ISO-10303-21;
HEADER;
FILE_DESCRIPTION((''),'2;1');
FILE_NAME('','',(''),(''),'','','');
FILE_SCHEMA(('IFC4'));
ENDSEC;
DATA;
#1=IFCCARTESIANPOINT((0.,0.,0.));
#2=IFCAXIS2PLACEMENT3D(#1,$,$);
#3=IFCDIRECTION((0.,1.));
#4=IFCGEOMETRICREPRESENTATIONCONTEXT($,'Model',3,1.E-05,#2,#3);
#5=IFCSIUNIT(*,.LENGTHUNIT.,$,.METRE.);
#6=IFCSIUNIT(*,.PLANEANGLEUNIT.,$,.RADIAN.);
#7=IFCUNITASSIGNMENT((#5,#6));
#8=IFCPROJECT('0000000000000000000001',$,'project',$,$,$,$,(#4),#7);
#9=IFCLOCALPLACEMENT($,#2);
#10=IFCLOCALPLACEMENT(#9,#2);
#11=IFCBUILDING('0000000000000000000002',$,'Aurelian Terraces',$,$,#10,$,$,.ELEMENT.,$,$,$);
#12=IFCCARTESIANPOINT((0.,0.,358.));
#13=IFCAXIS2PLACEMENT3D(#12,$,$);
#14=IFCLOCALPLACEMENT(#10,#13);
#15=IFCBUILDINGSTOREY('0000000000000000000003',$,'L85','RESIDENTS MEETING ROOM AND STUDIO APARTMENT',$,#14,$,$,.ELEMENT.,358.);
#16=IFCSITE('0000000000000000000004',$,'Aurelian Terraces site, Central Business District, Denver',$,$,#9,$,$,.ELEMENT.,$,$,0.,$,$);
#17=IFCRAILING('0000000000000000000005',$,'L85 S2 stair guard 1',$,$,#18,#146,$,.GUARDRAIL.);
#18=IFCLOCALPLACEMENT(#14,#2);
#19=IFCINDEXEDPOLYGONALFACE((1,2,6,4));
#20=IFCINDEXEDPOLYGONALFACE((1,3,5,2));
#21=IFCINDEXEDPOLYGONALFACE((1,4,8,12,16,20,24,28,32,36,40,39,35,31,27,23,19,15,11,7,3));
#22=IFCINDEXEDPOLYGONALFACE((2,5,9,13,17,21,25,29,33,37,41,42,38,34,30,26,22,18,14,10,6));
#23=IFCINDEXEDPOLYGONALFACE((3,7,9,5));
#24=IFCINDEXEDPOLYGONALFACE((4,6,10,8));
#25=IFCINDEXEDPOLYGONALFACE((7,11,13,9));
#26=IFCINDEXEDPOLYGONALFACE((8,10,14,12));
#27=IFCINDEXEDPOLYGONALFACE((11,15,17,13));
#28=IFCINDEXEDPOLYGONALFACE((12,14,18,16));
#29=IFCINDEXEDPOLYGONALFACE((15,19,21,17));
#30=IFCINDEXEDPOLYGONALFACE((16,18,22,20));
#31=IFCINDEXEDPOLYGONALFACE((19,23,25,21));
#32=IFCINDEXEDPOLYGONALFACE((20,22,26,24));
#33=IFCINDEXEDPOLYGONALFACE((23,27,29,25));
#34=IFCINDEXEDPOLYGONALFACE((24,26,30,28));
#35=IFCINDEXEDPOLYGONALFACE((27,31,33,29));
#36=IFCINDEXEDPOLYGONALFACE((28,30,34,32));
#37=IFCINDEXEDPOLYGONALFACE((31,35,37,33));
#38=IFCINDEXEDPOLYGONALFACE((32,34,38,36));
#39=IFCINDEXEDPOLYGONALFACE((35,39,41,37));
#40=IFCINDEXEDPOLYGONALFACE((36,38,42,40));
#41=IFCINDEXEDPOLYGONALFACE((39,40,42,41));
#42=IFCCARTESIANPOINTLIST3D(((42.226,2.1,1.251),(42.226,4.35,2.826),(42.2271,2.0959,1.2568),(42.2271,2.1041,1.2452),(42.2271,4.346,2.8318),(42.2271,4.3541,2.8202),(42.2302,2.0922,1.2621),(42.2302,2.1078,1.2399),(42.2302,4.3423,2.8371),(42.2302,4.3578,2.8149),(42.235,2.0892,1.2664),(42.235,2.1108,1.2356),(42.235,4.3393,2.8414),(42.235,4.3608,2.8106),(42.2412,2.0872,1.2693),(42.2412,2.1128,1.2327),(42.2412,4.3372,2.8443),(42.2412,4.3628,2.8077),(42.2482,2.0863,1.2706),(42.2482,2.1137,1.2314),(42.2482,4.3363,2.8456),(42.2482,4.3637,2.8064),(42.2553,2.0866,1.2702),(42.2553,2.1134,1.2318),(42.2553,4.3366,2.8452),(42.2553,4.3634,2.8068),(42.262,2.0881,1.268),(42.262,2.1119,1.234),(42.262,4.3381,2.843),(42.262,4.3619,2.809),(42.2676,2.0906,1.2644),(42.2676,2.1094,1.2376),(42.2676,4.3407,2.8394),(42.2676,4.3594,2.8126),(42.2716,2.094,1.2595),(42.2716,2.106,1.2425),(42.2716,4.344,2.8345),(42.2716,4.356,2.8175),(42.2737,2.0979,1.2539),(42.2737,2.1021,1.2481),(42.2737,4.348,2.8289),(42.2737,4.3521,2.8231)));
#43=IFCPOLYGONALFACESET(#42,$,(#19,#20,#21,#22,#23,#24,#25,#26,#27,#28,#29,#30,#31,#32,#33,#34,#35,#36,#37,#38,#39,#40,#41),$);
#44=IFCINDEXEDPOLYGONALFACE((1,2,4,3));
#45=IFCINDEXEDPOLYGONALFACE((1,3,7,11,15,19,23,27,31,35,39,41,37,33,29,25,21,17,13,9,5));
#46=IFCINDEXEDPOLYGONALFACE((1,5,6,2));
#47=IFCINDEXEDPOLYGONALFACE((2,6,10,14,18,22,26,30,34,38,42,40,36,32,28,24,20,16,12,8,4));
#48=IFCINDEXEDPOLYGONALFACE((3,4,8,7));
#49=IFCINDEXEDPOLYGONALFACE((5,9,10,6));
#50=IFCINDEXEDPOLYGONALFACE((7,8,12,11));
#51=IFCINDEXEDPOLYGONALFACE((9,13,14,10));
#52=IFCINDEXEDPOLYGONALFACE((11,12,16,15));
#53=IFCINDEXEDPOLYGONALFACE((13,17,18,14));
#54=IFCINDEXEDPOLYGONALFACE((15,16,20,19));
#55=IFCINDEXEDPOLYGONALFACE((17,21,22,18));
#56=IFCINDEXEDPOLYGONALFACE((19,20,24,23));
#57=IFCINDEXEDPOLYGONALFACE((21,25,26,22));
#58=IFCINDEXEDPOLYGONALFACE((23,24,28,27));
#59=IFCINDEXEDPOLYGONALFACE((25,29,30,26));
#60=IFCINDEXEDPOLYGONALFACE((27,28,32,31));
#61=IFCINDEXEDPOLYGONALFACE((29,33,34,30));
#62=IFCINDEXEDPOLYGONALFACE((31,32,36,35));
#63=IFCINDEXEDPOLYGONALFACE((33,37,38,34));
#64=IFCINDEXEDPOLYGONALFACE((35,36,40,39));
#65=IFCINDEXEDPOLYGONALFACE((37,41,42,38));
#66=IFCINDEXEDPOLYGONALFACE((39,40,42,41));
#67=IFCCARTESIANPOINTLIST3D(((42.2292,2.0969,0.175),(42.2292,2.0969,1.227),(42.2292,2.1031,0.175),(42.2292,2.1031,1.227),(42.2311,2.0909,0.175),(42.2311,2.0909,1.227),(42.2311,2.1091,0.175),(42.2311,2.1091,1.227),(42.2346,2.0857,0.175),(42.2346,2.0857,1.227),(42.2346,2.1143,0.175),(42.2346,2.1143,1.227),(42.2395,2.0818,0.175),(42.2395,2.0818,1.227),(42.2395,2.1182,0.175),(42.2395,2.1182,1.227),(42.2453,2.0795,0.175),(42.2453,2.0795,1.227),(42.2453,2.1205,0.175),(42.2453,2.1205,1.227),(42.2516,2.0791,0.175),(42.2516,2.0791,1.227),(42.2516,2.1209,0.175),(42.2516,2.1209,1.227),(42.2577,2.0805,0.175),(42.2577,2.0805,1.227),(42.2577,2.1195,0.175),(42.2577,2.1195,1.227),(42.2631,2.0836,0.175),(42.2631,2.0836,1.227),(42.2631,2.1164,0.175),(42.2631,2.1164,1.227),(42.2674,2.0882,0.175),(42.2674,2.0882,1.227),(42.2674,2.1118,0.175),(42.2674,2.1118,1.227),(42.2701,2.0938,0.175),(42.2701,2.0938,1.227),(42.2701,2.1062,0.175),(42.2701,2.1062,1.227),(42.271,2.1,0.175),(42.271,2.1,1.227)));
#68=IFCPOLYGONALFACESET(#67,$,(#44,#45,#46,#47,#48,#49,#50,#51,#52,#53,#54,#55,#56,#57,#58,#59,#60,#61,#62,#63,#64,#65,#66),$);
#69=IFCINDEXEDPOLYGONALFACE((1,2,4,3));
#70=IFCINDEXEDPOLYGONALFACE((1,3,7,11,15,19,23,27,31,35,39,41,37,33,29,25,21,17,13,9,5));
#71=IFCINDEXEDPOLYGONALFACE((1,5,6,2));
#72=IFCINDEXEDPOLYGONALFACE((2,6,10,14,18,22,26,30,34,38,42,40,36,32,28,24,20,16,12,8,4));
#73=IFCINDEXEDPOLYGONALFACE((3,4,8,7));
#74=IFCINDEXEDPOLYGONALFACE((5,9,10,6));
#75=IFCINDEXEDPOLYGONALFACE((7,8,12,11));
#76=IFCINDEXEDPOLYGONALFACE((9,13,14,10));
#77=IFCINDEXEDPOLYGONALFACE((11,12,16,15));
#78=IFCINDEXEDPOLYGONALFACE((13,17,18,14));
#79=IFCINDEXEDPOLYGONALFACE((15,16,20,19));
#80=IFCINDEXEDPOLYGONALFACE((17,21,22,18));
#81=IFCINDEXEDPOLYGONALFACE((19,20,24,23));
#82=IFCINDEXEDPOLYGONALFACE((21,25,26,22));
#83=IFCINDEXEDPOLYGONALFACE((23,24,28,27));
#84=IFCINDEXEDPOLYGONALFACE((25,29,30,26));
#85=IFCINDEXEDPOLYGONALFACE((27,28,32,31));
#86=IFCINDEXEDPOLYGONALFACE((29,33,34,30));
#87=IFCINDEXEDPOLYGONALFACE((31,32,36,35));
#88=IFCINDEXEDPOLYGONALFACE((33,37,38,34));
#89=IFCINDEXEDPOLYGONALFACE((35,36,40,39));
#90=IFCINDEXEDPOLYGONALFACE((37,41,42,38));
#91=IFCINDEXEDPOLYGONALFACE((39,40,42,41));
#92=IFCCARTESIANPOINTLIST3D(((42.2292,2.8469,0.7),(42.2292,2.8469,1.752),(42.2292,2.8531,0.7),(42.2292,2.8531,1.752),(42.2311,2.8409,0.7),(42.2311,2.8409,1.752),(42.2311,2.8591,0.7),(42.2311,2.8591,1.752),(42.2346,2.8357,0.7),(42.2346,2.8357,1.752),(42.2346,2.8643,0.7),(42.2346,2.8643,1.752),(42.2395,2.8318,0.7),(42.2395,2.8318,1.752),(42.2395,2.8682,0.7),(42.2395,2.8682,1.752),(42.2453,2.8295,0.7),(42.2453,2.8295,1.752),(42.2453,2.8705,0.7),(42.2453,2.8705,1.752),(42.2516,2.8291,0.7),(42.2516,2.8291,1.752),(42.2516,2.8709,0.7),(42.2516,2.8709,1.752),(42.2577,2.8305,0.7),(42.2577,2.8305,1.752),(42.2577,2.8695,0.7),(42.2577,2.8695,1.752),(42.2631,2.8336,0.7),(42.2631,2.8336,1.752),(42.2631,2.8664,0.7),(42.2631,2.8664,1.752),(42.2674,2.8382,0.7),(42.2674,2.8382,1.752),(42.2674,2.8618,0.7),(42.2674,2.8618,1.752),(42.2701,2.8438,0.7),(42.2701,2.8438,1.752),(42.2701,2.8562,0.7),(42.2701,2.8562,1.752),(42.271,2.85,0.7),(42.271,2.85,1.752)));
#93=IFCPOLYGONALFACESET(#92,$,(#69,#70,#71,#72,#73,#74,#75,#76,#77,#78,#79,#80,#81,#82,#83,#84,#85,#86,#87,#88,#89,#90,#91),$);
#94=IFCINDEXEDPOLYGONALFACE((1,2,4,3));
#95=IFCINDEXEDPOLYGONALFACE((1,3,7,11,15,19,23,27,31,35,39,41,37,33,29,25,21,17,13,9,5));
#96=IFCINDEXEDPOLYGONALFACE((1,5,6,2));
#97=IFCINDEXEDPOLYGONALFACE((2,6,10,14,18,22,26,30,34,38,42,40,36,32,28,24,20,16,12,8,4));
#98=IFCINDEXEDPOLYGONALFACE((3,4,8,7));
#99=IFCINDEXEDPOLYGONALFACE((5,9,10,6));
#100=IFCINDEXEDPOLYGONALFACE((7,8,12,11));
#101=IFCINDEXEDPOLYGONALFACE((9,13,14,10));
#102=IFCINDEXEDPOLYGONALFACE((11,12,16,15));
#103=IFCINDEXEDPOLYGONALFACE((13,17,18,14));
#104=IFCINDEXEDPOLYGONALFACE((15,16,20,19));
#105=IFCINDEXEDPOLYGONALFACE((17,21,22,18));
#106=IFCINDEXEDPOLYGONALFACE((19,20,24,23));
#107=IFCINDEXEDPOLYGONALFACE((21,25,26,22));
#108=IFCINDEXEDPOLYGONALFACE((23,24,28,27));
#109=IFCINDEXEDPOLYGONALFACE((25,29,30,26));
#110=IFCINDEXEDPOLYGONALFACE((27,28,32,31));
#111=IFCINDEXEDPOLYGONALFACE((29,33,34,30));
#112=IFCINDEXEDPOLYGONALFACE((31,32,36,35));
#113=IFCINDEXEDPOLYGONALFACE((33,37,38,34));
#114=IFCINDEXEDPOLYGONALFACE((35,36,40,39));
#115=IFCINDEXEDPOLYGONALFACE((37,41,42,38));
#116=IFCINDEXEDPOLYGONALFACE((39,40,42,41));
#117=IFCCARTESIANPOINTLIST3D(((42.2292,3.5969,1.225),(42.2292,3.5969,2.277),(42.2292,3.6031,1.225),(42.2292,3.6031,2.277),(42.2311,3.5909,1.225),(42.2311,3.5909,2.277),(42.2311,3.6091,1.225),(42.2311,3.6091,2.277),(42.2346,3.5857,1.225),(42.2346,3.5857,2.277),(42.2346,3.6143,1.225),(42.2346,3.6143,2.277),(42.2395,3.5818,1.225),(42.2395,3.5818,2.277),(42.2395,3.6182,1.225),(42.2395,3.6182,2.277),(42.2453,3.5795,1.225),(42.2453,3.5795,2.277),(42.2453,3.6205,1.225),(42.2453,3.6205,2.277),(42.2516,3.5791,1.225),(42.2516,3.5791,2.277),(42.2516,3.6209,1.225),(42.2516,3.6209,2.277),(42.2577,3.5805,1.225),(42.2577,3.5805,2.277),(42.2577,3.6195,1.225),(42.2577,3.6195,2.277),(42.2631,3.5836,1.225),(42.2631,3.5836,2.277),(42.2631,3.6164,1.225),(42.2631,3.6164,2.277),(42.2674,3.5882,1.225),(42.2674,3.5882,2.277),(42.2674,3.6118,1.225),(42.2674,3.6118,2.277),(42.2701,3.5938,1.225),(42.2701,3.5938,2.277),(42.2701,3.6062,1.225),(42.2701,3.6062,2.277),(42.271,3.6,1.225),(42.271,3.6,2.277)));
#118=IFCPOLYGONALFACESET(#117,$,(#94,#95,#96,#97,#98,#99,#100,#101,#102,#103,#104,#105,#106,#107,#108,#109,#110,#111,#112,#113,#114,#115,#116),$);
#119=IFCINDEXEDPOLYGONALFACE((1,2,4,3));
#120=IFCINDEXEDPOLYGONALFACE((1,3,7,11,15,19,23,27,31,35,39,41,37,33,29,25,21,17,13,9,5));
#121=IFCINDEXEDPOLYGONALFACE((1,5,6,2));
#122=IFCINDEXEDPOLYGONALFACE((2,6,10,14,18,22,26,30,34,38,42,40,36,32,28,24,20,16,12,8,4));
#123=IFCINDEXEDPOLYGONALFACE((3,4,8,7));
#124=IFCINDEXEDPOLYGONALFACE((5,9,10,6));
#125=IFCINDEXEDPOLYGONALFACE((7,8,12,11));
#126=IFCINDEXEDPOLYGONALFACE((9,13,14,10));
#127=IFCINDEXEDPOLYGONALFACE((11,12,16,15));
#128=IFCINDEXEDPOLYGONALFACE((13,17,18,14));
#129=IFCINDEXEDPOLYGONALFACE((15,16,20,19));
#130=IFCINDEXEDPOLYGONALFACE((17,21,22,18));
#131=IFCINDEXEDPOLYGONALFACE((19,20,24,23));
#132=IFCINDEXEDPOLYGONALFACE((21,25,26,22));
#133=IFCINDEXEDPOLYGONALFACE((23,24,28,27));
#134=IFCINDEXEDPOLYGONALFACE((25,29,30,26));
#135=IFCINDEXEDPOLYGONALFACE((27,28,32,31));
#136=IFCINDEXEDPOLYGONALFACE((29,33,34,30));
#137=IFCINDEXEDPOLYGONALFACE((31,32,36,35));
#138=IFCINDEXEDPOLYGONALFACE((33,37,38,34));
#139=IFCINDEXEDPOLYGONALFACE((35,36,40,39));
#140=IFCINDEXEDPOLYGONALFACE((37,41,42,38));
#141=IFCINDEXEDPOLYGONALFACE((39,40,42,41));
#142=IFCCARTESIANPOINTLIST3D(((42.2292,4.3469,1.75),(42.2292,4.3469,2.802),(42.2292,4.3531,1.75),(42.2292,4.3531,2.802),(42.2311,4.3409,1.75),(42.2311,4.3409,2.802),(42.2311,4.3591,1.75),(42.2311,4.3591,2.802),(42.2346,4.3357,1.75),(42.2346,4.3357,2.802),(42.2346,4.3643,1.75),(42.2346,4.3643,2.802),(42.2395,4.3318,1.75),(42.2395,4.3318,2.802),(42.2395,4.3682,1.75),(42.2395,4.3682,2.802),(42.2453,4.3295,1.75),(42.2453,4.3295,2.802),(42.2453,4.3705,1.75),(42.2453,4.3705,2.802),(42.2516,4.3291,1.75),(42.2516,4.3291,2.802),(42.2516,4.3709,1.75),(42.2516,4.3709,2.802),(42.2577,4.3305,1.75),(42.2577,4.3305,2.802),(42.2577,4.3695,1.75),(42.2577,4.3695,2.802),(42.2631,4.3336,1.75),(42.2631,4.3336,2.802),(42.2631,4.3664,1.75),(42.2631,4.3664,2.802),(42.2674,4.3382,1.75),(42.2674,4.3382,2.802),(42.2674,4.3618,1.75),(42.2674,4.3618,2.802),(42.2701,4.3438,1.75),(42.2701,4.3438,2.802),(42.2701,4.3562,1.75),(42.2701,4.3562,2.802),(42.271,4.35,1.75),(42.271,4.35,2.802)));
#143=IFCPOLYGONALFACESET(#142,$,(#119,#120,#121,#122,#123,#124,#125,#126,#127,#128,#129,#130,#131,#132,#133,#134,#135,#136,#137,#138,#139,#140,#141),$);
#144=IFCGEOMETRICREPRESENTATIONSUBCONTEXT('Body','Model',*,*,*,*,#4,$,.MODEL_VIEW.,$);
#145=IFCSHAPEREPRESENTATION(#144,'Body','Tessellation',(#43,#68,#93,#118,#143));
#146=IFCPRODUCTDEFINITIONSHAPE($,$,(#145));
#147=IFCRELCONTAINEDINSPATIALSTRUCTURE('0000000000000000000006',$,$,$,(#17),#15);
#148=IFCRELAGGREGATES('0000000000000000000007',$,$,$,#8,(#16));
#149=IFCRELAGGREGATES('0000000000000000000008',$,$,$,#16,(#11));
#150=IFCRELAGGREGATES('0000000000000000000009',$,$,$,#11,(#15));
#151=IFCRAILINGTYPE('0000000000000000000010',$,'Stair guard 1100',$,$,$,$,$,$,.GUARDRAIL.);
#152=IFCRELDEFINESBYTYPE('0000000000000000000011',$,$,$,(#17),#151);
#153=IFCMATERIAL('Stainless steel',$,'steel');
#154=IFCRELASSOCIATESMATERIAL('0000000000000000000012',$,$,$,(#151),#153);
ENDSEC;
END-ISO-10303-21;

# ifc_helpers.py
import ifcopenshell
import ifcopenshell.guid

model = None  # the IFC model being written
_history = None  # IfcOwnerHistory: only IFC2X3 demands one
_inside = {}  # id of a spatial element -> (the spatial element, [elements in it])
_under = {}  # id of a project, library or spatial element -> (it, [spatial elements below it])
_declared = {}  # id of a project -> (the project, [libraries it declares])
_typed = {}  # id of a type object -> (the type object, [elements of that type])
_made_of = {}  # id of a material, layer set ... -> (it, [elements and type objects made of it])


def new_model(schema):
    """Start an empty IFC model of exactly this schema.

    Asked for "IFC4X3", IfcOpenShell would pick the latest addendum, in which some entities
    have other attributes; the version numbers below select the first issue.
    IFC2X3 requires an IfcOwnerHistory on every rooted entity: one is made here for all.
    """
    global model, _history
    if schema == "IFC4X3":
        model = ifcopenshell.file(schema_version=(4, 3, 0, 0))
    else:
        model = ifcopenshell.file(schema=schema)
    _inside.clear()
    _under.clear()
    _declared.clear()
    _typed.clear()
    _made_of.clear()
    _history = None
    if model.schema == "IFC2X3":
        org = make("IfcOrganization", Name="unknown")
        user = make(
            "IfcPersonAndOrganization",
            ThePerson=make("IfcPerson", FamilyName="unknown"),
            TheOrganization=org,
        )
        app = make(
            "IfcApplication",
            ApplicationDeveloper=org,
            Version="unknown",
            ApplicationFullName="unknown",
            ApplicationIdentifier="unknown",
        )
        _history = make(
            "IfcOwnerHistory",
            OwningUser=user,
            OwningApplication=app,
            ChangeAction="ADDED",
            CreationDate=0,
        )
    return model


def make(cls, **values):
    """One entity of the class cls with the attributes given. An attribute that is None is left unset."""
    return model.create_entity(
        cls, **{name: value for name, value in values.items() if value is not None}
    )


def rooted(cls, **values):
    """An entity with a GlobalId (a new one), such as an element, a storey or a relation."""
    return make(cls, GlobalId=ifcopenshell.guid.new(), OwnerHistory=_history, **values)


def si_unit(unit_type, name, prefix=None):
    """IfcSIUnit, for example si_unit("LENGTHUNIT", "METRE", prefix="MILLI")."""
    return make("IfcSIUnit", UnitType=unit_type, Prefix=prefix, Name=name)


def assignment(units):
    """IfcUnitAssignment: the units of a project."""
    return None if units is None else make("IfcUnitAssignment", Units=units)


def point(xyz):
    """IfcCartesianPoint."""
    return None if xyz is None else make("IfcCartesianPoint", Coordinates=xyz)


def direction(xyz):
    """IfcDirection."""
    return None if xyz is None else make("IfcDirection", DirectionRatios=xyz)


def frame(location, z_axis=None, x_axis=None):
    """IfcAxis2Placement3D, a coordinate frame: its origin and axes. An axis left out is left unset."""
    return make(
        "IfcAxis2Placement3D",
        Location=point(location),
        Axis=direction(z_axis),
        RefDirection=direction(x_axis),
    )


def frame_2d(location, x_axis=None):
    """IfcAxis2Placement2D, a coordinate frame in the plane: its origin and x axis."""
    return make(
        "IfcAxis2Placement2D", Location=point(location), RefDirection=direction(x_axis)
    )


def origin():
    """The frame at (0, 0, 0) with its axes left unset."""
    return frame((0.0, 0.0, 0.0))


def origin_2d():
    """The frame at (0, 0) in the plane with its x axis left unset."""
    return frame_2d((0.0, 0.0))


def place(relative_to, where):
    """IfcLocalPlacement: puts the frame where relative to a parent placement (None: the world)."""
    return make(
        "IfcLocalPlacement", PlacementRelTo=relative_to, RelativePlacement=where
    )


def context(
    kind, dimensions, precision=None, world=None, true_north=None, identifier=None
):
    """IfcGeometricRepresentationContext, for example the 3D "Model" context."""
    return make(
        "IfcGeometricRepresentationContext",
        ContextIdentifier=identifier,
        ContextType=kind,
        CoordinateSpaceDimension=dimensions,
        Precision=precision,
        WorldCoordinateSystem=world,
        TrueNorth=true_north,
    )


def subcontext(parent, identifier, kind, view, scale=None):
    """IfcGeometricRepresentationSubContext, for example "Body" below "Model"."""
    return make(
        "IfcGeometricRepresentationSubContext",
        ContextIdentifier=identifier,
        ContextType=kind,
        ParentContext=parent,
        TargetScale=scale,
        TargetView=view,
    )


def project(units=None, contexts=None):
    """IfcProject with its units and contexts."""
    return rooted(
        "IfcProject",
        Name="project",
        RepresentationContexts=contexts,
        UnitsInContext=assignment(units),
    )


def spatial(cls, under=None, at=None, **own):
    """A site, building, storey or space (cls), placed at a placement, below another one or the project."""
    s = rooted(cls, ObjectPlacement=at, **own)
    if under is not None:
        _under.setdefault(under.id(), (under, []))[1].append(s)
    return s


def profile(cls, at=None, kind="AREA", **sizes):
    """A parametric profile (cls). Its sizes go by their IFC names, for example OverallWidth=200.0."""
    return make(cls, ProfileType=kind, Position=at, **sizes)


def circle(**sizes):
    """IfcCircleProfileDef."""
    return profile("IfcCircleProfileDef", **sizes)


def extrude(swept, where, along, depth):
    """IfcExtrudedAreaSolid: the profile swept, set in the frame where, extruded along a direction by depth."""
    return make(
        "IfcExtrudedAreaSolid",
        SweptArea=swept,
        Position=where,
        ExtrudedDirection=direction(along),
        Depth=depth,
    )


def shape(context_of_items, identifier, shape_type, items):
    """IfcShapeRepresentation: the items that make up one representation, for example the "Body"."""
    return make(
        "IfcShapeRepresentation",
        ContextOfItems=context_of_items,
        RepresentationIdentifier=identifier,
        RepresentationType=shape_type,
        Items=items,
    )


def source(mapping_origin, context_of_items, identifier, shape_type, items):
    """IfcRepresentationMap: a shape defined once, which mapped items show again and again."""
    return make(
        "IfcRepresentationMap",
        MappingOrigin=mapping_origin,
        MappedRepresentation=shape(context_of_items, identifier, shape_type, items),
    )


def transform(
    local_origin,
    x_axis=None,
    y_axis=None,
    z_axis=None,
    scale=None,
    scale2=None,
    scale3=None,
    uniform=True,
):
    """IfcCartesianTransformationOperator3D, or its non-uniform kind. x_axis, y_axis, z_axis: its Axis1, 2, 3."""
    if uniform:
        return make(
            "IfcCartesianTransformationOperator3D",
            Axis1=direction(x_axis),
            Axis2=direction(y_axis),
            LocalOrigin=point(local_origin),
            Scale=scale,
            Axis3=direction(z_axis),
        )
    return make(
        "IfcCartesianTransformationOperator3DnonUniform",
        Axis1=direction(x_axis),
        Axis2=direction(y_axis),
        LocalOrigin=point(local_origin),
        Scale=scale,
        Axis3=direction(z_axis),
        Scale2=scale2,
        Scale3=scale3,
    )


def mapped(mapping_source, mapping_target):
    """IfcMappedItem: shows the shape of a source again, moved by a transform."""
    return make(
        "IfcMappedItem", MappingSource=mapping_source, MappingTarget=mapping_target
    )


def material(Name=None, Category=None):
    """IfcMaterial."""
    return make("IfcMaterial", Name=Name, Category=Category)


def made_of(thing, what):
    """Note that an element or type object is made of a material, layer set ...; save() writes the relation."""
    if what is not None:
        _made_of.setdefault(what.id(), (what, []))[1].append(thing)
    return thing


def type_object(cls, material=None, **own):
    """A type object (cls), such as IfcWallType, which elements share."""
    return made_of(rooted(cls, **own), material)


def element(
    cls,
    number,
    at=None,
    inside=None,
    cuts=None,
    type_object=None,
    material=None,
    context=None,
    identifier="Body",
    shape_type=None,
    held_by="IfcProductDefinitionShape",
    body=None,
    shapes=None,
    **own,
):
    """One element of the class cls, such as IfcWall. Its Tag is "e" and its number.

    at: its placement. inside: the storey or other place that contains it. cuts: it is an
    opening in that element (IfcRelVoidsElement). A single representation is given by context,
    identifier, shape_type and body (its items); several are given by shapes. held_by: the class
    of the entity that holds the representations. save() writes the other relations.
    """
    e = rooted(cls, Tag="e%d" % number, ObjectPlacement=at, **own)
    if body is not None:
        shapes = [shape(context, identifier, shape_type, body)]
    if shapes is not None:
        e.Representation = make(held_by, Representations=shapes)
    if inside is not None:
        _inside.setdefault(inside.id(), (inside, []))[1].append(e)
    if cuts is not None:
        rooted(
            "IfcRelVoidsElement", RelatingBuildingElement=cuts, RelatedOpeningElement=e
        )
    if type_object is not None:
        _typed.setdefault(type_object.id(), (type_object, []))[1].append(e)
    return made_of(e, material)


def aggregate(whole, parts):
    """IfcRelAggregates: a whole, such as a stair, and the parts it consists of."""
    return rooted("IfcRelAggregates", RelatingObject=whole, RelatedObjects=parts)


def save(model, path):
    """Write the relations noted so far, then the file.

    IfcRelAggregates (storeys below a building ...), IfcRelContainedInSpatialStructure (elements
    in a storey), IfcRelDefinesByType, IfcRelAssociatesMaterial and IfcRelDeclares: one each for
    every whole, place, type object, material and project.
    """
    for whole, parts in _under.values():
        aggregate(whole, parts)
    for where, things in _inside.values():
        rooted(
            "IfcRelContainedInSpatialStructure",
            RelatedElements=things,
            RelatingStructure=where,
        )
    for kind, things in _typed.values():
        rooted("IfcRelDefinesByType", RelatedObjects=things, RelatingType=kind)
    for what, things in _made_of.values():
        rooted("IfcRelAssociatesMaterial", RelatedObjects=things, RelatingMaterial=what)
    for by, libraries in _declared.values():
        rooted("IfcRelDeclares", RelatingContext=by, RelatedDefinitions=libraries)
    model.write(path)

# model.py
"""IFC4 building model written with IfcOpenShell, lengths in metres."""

from ifc_helpers import new_model, si_unit, direction, frame, origin, origin_2d, place, context, subcontext, project, spatial, circle, extrude, source, transform, mapped, material, type_object, element, save


model = new_model("IFC4")

# Units and contexts
model_context = context("Model", 3, precision=1e-05, world=origin(), true_north=direction((0.0, 1.0)))
body_context = subcontext(model_context, "Body", "Model", "MODEL_VIEW")
ifc_project = project(units=[si_unit("LENGTHUNIT", "METRE"), si_unit("PLANEANGLEUNIT", "RADIAN")], contexts=[model_context])

# Site, building, storey
site_placement = place(None, origin())
site = spatial("IfcSite", under=ifc_project, at=site_placement, Name="Aurelian Terraces site, Central Business District, Denver", CompositionType="ELEMENT", RefElevation=0.0)
building_placement = place(site_placement, origin())
building = spatial("IfcBuilding", under=site, at=building_placement, Name="Aurelian Terraces", CompositionType="ELEMENT")
storey_placement = place(building_placement, frame((0.0, 0.0, 358.0)))
storey = spatial("IfcBuildingStorey", under=building, at=storey_placement, Name="L85", Description="RESIDENTS MEETING ROOM AND STUDIO APARTMENT", CompositionType="ELEMENT", Elevation=358.0)

# Railing
ifc_material_1 = material(Name="Stainless steel", Category="steel")
railing_type_1 = type_object("IfcRailingType", Name="Stair guard 1100", PredefinedType="GUARDRAIL", material=ifc_material_1)
shared_shape_1 = source(origin(), body_context, "Body", "SweptSolid", [
    extrude(circle(Radius=0.024, at=origin_2d()), frame((0.0, 0.0, 1.076), z_axis=(0.0, 0.819232, 0.573462), x_axis=(-1.0, 0.0, 0.0)), (0.0, 0.0, 1.0), 2.7465),
    extrude(circle(Radius=0.021, at=origin_2d()), origin(), (0.0, 0.0, 1.0), 1.052),
    extrude(circle(Radius=0.021, at=origin_2d()), frame((0.0, 0.75, 0.525)), (0.0, 0.0, 1.0), 1.052),
    extrude(circle(Radius=0.021, at=origin_2d()), frame((0.0, 1.5, 1.05)), (0.0, 0.0, 1.0), 1.052),
    extrude(circle(Radius=0.021, at=origin_2d()), frame((0.0, 2.25, 1.575)), (0.0, 0.0, 1.0), 1.052),
])
railing_1_placement = place(storey_placement, frame((42.25, 2.1, 0.175)))
element("IfcRailing", 1, at=railing_1_placement, inside=storey, type_object=railing_type_1, Name="L85 S2 stair guard 1", PredefinedType="GUARDRAIL", context=body_context, shape_type="MappedRepresentation", body=[
    mapped(shared_shape_1, transform((0.0, 0.0, 0.0), scale=1.0)),
])

save(model, "model.ifc")
